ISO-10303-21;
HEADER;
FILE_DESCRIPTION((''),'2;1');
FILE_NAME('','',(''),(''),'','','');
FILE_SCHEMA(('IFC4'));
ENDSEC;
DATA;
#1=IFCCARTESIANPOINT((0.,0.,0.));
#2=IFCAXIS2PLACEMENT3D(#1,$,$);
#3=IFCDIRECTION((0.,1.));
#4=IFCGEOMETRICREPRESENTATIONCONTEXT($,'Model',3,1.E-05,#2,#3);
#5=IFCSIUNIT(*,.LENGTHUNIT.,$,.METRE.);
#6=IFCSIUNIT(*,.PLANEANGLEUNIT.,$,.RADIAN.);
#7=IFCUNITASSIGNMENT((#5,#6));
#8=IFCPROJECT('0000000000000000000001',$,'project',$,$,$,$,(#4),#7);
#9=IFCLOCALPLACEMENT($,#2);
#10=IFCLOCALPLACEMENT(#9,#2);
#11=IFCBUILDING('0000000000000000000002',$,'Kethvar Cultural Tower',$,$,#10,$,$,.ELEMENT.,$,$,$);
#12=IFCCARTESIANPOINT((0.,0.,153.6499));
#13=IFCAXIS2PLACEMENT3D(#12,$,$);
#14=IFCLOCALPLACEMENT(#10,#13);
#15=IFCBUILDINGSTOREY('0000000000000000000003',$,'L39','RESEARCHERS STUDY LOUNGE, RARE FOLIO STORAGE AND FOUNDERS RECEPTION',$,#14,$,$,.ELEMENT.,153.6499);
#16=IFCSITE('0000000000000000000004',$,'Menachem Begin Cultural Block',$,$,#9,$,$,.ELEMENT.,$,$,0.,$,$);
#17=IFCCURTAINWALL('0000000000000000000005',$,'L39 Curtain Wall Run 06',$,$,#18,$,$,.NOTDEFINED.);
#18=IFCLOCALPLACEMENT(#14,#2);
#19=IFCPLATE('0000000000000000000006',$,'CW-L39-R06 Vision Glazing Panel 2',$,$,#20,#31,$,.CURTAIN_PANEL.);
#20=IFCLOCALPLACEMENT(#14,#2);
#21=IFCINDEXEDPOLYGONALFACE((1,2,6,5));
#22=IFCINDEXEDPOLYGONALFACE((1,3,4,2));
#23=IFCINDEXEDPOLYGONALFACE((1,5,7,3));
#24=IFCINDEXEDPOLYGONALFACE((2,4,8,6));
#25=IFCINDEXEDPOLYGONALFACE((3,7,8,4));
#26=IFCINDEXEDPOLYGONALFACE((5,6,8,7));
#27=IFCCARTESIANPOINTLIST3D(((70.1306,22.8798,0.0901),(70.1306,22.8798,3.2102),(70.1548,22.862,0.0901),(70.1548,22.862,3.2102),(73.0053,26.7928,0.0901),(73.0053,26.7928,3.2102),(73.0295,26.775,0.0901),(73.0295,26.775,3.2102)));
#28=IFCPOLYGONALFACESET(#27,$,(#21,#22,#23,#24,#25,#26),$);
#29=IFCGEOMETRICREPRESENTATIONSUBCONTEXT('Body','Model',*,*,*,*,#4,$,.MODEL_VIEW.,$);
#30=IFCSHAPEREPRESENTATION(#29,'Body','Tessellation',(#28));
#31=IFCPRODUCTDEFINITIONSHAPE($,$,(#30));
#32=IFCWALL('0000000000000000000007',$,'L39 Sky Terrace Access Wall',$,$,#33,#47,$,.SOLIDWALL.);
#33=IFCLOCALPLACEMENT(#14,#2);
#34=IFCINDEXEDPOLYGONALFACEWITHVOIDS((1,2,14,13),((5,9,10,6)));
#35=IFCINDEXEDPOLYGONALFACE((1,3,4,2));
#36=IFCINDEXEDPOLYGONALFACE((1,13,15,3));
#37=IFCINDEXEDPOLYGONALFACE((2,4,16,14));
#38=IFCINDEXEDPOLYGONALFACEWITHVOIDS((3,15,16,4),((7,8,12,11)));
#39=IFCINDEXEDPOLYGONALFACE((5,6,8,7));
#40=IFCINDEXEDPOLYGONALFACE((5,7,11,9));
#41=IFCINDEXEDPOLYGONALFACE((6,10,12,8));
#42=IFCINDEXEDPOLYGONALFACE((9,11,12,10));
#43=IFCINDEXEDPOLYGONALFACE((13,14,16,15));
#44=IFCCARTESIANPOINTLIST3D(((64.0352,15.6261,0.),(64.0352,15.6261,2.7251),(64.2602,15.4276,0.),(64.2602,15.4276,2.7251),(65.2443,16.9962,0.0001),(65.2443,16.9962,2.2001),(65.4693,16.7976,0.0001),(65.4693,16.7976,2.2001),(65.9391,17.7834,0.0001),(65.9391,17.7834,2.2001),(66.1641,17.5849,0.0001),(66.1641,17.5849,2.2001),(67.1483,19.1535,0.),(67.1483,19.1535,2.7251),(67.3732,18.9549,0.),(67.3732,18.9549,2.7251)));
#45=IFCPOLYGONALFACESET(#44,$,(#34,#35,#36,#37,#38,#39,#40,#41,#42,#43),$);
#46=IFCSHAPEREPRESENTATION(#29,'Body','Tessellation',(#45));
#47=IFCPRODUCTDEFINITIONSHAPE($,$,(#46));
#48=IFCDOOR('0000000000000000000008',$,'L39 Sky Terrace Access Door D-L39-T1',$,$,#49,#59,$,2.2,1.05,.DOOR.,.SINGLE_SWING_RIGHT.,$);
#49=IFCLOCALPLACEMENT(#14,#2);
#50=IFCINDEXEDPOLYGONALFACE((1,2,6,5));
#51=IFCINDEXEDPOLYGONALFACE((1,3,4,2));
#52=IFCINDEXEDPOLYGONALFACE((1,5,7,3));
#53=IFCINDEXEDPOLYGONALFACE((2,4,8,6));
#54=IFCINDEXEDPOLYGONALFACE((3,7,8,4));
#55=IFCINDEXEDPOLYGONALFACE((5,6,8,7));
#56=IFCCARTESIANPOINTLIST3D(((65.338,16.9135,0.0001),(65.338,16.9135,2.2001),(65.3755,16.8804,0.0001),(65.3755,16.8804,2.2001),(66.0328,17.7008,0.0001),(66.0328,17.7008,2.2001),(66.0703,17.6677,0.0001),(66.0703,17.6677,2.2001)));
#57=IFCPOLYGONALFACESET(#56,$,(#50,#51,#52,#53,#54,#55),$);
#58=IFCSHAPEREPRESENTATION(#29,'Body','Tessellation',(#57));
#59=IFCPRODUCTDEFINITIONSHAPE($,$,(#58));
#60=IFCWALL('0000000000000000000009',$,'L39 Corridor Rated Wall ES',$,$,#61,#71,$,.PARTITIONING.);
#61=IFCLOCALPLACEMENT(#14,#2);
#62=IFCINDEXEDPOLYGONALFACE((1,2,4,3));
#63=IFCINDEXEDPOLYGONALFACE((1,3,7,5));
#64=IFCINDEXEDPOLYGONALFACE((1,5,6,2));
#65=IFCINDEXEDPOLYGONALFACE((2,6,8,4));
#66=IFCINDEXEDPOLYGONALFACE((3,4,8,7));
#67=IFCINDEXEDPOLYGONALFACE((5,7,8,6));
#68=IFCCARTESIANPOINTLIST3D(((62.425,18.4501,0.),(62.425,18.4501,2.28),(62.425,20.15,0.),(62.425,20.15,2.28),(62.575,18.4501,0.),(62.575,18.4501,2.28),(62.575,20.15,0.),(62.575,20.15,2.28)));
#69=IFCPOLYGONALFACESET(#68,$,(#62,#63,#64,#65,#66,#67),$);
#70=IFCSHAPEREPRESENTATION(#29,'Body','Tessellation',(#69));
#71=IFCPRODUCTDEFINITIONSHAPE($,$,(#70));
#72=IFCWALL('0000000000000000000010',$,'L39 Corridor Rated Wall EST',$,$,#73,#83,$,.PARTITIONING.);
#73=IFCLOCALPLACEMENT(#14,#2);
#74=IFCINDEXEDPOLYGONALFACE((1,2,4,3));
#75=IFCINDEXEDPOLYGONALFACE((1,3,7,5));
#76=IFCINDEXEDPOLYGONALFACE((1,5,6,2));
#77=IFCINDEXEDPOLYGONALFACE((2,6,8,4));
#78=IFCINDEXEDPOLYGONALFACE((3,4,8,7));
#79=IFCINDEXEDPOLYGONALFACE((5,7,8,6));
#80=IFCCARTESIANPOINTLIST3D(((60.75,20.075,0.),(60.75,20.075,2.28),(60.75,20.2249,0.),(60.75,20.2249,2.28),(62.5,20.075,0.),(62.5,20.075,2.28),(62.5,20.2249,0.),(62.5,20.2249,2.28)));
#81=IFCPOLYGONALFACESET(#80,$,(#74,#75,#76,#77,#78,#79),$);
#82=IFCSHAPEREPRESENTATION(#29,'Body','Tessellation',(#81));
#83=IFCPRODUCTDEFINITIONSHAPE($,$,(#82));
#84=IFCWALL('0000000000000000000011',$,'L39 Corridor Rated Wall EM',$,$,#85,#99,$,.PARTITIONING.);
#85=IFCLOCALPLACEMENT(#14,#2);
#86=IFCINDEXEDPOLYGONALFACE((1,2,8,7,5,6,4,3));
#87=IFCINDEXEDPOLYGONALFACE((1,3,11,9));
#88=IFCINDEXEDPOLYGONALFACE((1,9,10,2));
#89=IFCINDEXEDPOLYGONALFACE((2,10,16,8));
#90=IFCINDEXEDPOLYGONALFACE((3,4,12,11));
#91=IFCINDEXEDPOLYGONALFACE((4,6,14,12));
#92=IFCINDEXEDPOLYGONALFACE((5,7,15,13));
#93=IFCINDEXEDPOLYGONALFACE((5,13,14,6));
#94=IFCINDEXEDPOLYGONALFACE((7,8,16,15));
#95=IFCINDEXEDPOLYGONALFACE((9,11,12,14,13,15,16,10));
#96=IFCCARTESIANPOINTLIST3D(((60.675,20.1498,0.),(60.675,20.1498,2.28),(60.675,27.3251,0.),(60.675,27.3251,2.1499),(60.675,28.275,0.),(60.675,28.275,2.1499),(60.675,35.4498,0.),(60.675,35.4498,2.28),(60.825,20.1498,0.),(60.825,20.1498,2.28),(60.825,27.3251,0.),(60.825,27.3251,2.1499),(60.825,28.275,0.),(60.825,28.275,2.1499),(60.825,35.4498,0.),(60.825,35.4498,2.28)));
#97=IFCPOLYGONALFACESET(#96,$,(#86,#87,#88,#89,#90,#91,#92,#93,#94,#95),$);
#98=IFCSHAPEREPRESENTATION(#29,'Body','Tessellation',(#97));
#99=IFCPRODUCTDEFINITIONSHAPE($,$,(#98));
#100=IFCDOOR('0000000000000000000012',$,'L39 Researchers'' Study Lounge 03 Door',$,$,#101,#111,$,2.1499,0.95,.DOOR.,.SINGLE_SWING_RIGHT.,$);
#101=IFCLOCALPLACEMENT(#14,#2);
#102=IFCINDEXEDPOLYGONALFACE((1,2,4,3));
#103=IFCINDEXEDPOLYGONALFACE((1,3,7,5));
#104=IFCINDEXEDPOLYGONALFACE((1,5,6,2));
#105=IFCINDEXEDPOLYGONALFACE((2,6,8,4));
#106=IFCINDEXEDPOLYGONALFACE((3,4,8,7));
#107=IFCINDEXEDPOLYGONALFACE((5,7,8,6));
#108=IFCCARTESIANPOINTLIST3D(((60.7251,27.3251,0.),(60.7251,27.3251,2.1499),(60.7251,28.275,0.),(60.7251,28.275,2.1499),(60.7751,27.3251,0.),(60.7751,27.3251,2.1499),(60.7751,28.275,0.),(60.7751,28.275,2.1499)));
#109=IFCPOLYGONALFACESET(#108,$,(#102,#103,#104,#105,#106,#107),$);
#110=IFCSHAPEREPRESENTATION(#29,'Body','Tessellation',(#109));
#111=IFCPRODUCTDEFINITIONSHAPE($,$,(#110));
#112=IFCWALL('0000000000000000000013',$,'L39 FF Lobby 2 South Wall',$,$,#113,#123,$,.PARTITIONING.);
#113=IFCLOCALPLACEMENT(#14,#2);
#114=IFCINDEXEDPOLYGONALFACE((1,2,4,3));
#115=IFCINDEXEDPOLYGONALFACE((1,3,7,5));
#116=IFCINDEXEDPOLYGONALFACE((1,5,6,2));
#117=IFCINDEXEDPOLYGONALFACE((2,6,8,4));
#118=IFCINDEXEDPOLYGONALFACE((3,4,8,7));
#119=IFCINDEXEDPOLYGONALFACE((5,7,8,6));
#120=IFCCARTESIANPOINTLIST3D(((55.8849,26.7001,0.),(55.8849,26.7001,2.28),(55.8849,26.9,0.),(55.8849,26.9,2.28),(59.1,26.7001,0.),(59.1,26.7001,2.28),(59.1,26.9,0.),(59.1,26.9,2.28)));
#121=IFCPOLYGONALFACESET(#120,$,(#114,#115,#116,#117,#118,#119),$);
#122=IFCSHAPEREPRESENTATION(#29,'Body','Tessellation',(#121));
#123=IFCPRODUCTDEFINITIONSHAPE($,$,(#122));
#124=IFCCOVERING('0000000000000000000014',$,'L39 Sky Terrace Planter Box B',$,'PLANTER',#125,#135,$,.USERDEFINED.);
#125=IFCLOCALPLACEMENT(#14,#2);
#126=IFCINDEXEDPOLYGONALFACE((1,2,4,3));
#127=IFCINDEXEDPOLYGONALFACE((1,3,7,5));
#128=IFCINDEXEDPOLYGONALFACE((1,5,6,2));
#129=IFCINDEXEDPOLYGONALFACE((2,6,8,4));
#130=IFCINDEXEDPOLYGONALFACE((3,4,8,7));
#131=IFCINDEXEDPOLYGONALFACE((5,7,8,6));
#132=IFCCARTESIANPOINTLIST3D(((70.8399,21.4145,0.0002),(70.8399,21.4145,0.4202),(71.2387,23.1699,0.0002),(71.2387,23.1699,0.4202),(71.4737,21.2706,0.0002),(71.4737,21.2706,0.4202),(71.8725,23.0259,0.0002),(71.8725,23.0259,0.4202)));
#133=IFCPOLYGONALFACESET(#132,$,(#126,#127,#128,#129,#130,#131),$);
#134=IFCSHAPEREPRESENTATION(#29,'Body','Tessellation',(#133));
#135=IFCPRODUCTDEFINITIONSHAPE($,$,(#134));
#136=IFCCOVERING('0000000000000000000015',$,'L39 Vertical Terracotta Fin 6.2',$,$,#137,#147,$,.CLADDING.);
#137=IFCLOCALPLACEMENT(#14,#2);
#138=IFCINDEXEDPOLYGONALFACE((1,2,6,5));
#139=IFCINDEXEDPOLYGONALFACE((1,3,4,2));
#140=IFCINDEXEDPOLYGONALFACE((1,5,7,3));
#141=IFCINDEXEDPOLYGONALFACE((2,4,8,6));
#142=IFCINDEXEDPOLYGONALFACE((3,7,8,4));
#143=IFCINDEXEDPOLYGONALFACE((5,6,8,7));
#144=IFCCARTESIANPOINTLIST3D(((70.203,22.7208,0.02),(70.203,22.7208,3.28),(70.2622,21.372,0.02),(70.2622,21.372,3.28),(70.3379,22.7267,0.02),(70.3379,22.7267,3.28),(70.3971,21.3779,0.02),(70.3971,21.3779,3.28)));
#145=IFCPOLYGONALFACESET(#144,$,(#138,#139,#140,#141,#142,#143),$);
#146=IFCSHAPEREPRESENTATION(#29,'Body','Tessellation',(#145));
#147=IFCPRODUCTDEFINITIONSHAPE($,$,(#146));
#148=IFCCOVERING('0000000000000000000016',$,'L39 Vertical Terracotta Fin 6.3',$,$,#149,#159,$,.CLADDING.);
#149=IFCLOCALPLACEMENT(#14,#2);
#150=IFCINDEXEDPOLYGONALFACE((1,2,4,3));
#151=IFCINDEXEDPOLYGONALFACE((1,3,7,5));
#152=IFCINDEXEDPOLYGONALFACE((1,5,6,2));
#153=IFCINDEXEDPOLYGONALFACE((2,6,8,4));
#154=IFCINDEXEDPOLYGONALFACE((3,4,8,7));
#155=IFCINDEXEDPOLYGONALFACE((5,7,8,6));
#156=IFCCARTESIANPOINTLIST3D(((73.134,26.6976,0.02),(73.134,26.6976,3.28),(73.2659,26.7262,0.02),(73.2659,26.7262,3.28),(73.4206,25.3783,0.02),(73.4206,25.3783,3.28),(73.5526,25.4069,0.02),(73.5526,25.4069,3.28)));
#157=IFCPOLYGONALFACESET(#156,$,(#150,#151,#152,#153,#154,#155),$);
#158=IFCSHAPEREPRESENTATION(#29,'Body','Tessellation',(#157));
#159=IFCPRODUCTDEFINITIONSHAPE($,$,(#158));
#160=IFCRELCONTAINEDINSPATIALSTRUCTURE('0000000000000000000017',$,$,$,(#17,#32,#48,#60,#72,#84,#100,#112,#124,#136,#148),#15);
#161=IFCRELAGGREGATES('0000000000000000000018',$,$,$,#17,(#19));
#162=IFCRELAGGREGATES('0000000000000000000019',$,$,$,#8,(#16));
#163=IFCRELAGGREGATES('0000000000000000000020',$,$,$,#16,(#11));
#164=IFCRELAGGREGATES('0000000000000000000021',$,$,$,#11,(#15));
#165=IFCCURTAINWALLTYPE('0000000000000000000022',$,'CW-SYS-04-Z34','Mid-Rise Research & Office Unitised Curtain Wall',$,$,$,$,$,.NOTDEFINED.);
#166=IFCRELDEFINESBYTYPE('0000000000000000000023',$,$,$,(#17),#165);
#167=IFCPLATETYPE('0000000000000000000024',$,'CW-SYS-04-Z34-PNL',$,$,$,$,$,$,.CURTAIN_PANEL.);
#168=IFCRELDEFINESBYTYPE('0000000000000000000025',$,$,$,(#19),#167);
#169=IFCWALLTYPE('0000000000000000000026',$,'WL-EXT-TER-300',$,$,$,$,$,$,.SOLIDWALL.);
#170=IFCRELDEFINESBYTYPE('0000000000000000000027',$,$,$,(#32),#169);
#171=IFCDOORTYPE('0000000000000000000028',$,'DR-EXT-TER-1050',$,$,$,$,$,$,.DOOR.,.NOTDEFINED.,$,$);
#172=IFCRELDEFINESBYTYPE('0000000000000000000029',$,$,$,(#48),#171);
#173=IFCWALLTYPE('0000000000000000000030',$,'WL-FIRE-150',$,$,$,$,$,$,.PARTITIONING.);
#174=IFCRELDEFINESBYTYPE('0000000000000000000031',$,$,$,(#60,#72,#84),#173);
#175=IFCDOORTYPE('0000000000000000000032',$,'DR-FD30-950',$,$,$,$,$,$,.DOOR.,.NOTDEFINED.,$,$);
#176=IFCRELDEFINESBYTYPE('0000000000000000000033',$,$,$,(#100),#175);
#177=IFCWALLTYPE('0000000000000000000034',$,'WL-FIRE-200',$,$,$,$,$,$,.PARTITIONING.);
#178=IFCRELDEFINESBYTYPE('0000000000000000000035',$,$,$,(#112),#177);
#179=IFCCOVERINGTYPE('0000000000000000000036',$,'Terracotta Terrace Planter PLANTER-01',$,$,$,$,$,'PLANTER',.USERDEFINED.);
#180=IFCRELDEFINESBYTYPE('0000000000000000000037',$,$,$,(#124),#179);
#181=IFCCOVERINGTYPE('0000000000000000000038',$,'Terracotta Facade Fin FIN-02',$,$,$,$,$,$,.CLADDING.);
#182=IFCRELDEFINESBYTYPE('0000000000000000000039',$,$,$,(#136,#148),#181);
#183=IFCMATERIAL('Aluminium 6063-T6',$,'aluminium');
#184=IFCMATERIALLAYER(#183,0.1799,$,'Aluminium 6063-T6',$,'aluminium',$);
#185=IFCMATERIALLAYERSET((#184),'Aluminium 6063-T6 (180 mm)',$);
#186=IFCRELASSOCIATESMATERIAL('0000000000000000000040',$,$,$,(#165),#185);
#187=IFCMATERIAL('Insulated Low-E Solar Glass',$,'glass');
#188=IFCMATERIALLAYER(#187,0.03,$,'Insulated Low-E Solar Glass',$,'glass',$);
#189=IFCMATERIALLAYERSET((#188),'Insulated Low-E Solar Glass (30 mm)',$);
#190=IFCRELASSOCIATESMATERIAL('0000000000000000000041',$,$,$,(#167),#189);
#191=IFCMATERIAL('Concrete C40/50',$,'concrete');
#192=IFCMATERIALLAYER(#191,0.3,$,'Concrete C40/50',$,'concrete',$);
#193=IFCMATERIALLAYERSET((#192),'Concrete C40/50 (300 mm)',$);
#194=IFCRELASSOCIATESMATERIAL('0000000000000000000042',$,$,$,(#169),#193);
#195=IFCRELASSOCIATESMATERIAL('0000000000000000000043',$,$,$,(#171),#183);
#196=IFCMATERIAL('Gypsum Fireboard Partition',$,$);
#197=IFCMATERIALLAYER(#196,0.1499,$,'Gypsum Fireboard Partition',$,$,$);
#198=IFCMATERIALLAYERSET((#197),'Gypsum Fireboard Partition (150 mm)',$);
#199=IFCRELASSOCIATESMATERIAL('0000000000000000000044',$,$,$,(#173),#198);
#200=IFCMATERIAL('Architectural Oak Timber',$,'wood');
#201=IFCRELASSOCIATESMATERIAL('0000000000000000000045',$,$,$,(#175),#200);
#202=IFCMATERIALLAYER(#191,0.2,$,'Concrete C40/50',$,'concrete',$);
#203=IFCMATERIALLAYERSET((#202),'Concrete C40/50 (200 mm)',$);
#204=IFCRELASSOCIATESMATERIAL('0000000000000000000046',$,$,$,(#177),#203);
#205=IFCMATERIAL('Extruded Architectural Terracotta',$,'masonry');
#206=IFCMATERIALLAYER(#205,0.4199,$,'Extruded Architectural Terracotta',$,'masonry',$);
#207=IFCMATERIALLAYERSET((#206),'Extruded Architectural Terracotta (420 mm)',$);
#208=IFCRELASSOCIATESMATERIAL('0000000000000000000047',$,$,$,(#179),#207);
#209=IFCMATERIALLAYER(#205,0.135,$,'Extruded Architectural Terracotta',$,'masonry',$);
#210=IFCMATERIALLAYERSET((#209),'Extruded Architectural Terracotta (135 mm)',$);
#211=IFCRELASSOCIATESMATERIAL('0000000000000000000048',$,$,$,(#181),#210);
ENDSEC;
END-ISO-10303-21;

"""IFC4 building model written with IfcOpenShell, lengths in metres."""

from ifc_helpers import new_model, si_unit, direction, frame, frame_2d, origin, origin_2d, place, context, subcontext, project, spatial, rectangle, extrude, source, transform, mapped, material, layer, layer_set, type_object, element, fill, aggregate, save


model = new_model("IFC4")

# Units and contexts
model_context = context("Model", 3, precision=1e-05, world=origin(), true_north=direction((0.0, 1.0)))
body_context = subcontext(model_context, "Body", "Model", "MODEL_VIEW")
ifc_project = project(units=[si_unit("LENGTHUNIT", "METRE"), si_unit("PLANEANGLEUNIT", "RADIAN")], contexts=[model_context])

# Site, building, storey
site_placement = place(None, origin())
site = spatial("IfcSite", under=ifc_project, at=site_placement, Name="Menachem Begin Cultural Block", CompositionType="ELEMENT", RefElevation=0.0)
building_placement = place(site_placement, origin())
building = spatial("IfcBuilding", under=site, at=building_placement, Name="Kethvar Cultural Tower", CompositionType="ELEMENT")
storey_placement = place(building_placement, frame((0.0, 0.0, 153.6499)))
storey = spatial("IfcBuildingStorey", under=building, at=storey_placement, Name="L39", Description="RESEARCHERS STUDY LOUNGE, RARE FOLIO STORAGE AND FOUNDERS RECEPTION", CompositionType="ELEMENT", Elevation=153.6499)

# Curtain wall, plate
ifc_material_1 = material(Name="Aluminium 6063-T6", Category="aluminium")
ifc_layer_1 = layer(ifc_material_1, 0.1799, Name="Aluminium 6063-T6", Category="aluminium")
ifc_layer_set_1 = layer_set([ifc_layer_1], Name="Aluminium 6063-T6 (180 mm)")
curtain_wall_type = type_object("IfcCurtainWallType", Name="CW-SYS-04-Z34", Description="Mid-Rise Research & Office Unitised Curtain Wall", PredefinedType="NOTDEFINED", material=ifc_layer_set_1)
curtain_wall_placement = place(storey_placement, origin())
curtain_wall = element("IfcCurtainWall", 1, at=curtain_wall_placement, inside=storey, type_object=curtain_wall_type, Name="L39 Curtain Wall Run 06", PredefinedType="NOTDEFINED")
ifc_material_2 = material(Name="Insulated Low-E Solar Glass", Category="glass")
ifc_layer_2 = layer(ifc_material_2, 0.03, Name="Insulated Low-E Solar Glass", Category="glass")
ifc_layer_set_2 = layer_set([ifc_layer_2], Name="Insulated Low-E Solar Glass (30 mm)")
plate_type = type_object("IfcPlateType", Name="CW-SYS-04-Z34-PNL", PredefinedType="CURTAIN_PANEL", material=ifc_layer_set_2)
shared_shape_1 = source(origin(), body_context, "Body", "SweptSolid", [
    extrude(rectangle(XDim=4.8555, YDim=0.03, at=origin_2d()), origin(), (0.0, 0.0, 1.0), 3.1201),
])
plate_1_placement = place(storey_placement, frame((71.5801, 24.8274, 0.0901), z_axis=(0.0, 0.0, 1.0), x_axis=(0.592055, 0.805897, 0.0)))
plate_1 = element("IfcPlate", 2, at=plate_1_placement, type_object=plate_type, Name="CW-L39-R06 Vision Glazing Panel 2", PredefinedType="CURTAIN_PANEL", context=body_context, shape_type="MappedRepresentation", body=[
    mapped(shared_shape_1, transform((0.0, 0.0, 0.0), scale=1.0)),
])
aggregate(curtain_wall, [plate_1])

# Wall, opening, door
ifc_material_3 = material(Name="Concrete C40/50", Category="concrete")
ifc_layer_3 = layer(ifc_material_3, 0.3, Name="Concrete C40/50", Category="concrete")
ifc_layer_set_3 = layer_set([ifc_layer_3], Name="Concrete C40/50 (300 mm)")
wall_type_1 = type_object("IfcWallType", Name="WL-EXT-TER-300", PredefinedType="SOLIDWALL", material=ifc_layer_set_3)
wall_1_placement = place(storey_placement, frame((67.2607, 19.0542, 0.0), z_axis=(0.0, 0.0, 1.0), x_axis=(-0.661702, -0.749767, 0.0)))
wall_1 = element("IfcWall", 3, at=wall_1_placement, inside=storey, type_object=wall_type_1, Name="L39 Sky Terrace Access Wall", PredefinedType="SOLIDWALL", context=body_context, shape_type="SweptSolid", body=[
    extrude(rectangle(XDim=4.7046, YDim=0.3, at=frame_2d((2.3523, 0.0))), origin(), (0.0, 0.0, 1.0), 2.7251),
])
opening_1_placement = place(wall_1_placement, frame((1.8274, 0.0, 0.0)))
opening_1 = element("IfcOpeningElement", 4, at=opening_1_placement, cuts=wall_1, PredefinedType="OPENING", context=body_context, shape_type="SweptSolid", body=[
    extrude(rectangle(XDim=1.05, YDim=2.2, at=frame_2d((0.5249, 1.1001))), frame((0.0, 0.1599, 0.0), z_axis=(0.0, -1.0, 0.0), x_axis=(1.0, 0.0, 0.0)), (0.0, 0.0, 1.0), 0.3201),
])
door_type_1 = type_object("IfcDoorType", Name="DR-EXT-TER-1050", OperationType="NOTDEFINED", PredefinedType="DOOR", material=ifc_material_1)
shared_shape_2 = source(origin(), body_context, "Body", "SweptSolid", [
    extrude(rectangle(XDim=1.05, YDim=2.2, at=frame_2d((0.5249, 1.1001))), frame((0.0, 0.0249, 0.0), z_axis=(0.0, -1.0, 0.0), x_axis=(1.0, 0.0, 0.0)), (0.0, 0.0, 1.0), 0.05),
])
door_1_placement = place(opening_1_placement, origin())
door_1 = element("IfcDoor", 5, at=door_1_placement, inside=storey, type_object=door_type_1, Name="L39 Sky Terrace Access Door D-L39-T1", OperationType="SINGLE_SWING_RIGHT", OverallHeight=2.2, OverallWidth=1.05, PredefinedType="DOOR", context=body_context, shape_type="MappedRepresentation", body=[
    mapped(shared_shape_2, transform((0.0, 0.0, 0.0), scale=1.0)),
])
fill(opening_1, door_1)

# Walls
ifc_material_4 = material(Name="Gypsum Fireboard Partition")
ifc_layer_4 = layer(ifc_material_4, 0.1499, Name="Gypsum Fireboard Partition")
ifc_layer_set_4 = layer_set([ifc_layer_4], Name="Gypsum Fireboard Partition (150 mm)")
wall_type_2 = type_object("IfcWallType", Name="WL-FIRE-150", PredefinedType="PARTITIONING", material=ifc_layer_set_4)
wall_2_placement = place(storey_placement, frame((62.5, 18.45, 0.0), z_axis=(0.0, 0.0, 1.0), x_axis=(0.0, 1.0, 0.0)))
element("IfcWall", 6, at=wall_2_placement, inside=storey, type_object=wall_type_2, Name="L39 Corridor Rated Wall ES", PredefinedType="PARTITIONING", context=body_context, shape_type="SweptSolid", body=[
    extrude(rectangle(XDim=1.7, YDim=0.1499, at=frame_2d((0.8501, 0.0))), origin(), (0.0, 0.0, 1.0), 2.28),
])
wall_3_placement = place(storey_placement, frame((62.5, 20.1499, 0.0), z_axis=(0.0, 0.0, 1.0), x_axis=(-1.0, 0.0, 0.0)))
element("IfcWall", 7, at=wall_3_placement, inside=storey, type_object=wall_type_2, Name="L39 Corridor Rated Wall EST", PredefinedType="PARTITIONING", context=body_context, shape_type="SweptSolid", body=[
    extrude(rectangle(XDim=1.75, YDim=0.1499, at=frame_2d((0.875, 0.0))), origin(), (0.0, 0.0, 1.0), 2.28),
])

# Wall, opening, door
wall_4_placement = place(storey_placement, frame((60.75, 20.1499, 0.0), z_axis=(0.0, 0.0, 1.0), x_axis=(0.0, 1.0, 0.0)))
wall_4 = element("IfcWall", 8, at=wall_4_placement, inside=storey, type_object=wall_type_2, Name="L39 Corridor Rated Wall EM", PredefinedType="PARTITIONING", context=body_context, shape_type="SweptSolid", body=[
    extrude(rectangle(XDim=15.3, YDim=0.1499, at=frame_2d((7.6499, 0.0))), origin(), (0.0, 0.0, 1.0), 2.28),
])
opening_2_placement = place(wall_4_placement, frame((7.175, 0.0, 0.0)))
opening_2 = element("IfcOpeningElement", 9, at=opening_2_placement, cuts=wall_4, PredefinedType="OPENING", context=body_context, shape_type="SweptSolid", body=[
    extrude(rectangle(XDim=0.95, YDim=2.1499, at=frame_2d((0.4751, 1.075))), frame((0.0, 0.085, 0.0), z_axis=(0.0, -1.0, 0.0), x_axis=(1.0, 0.0, 0.0)), (0.0, 0.0, 1.0), 0.1699),
])
ifc_material_5 = material(Name="Architectural Oak Timber", Category="wood")
door_type_2 = type_object("IfcDoorType", Name="DR-FD30-950", OperationType="NOTDEFINED", PredefinedType="DOOR", material=ifc_material_5)
shared_shape_3 = source(origin(), body_context, "Body", "SweptSolid", [
    extrude(rectangle(XDim=0.95, YDim=2.1499, at=frame_2d((0.4751, 1.075))), frame((0.0, 0.0249, 0.0), z_axis=(0.0, -1.0, 0.0), x_axis=(1.0, 0.0, 0.0)), (0.0, 0.0, 1.0), 0.05),
])
door_2_placement = place(opening_2_placement, origin())
door_2 = element("IfcDoor", 10, at=door_2_placement, inside=storey, type_object=door_type_2, Name="L39 Researchers' Study Lounge 03 Door", OperationType="SINGLE_SWING_RIGHT", OverallHeight=2.1499, OverallWidth=0.95, PredefinedType="DOOR", context=body_context, shape_type="MappedRepresentation", body=[
    mapped(shared_shape_3, transform((0.0, 0.0, 0.0), scale=1.0)),
])
fill(opening_2, door_2)
ifc_layer_5 = layer(ifc_material_3, 0.2, Name="Concrete C40/50", Category="concrete")
ifc_layer_set_5 = layer_set([ifc_layer_5], Name="Concrete C40/50 (200 mm)")
wall_type_3 = type_object("IfcWallType", Name="WL-FIRE-200", PredefinedType="PARTITIONING", material=ifc_layer_set_5)

# Wall
wall_5_placement = place(storey_placement, frame((55.885, 26.8, 0.0), z_axis=(0.0, 0.0, 1.0), x_axis=(1.0, 0.0, 0.0)))
element("IfcWall", 11, at=wall_5_placement, inside=storey, type_object=wall_type_3, Name="L39 FF Lobby 2 South Wall", PredefinedType="PARTITIONING", context=body_context, shape_type="SweptSolid", body=[
    extrude(rectangle(XDim=3.2151, YDim=0.2, at=frame_2d((1.6074, 0.0))), origin(), (0.0, 0.0, 1.0), 2.28),
])

# Coverings
ifc_material_6 = material(Name="Extruded Architectural Terracotta", Category="masonry")
ifc_layer_6 = layer(ifc_material_6, 0.4199, Name="Extruded Architectural Terracotta", Category="masonry")
ifc_layer_set_6 = layer_set([ifc_layer_6], Name="Extruded Architectural Terracotta (420 mm)")
covering_type_1 = type_object("IfcCoveringType", Name="Terracotta Terrace Planter PLANTER-01", ElementType="PLANTER", PredefinedType="USERDEFINED", material=ifc_layer_set_6)
shared_shape_4 = source(origin(), body_context, "Body", "SweptSolid", [
    extrude(rectangle(XDim=1.8, YDim=0.6499, at=origin_2d()), origin(), (0.0, 0.0, 1.0), 0.4199),
])
covering_placement = place(storey_placement, frame((71.3562, 22.2202, 0.0002), z_axis=(0.0, 0.0, 1.0), x_axis=(0.221548, 0.975149, 0.0)))
element("IfcCovering", 12, at=covering_placement, inside=storey, type_object=covering_type_1, Name="L39 Sky Terrace Planter Box B", ObjectType="PLANTER", PredefinedType="USERDEFINED", context=body_context, shape_type="MappedRepresentation", body=[
    mapped(shared_shape_4, transform((0.0, 0.0, 0.0), scale=1.0)),
])
ifc_layer_7 = layer(ifc_material_6, 0.135, Name="Extruded Architectural Terracotta", Category="masonry")
ifc_layer_set_7 = layer_set([ifc_layer_7], Name="Extruded Architectural Terracotta (135 mm)")
covering_type_2 = type_object("IfcCoveringType", Name="Terracotta Facade Fin FIN-02", PredefinedType="CLADDING", material=ifc_layer_set_7)
shared_shape_5 = source(origin(), body_context, "Body", "SweptSolid", [
    extrude(rectangle(XDim=1.3501, YDim=0.135, at=origin_2d()), origin(), (0.0, 0.0, 1.0), 3.26),
])
for number, where, z_axis, x_axis, name in (
    (13, (70.3, 22.0493, 0.02), (0.0, 0.0, 1.0), (0.043794, -0.999041, 0.0), "L39 Vertical Terracotta Fin 6.2"),
    (14, (73.3433, 26.0522, 0.02), (0.0, 0.0, 1.0), (0.212348, -0.977194, 0.0), "L39 Vertical Terracotta Fin 6.3"),
):
    element("IfcCovering", number, at=place(storey_placement, frame(where, z_axis=z_axis, x_axis=x_axis)), inside=storey, type_object=covering_type_2, Name=name, PredefinedType="CLADDING", context=body_context, shape_type="MappedRepresentation", body=[
        mapped(shared_shape_5, transform((0.0, 0.0, 0.0), scale=1.0)),
    ])

save(model, "model.ifc")
